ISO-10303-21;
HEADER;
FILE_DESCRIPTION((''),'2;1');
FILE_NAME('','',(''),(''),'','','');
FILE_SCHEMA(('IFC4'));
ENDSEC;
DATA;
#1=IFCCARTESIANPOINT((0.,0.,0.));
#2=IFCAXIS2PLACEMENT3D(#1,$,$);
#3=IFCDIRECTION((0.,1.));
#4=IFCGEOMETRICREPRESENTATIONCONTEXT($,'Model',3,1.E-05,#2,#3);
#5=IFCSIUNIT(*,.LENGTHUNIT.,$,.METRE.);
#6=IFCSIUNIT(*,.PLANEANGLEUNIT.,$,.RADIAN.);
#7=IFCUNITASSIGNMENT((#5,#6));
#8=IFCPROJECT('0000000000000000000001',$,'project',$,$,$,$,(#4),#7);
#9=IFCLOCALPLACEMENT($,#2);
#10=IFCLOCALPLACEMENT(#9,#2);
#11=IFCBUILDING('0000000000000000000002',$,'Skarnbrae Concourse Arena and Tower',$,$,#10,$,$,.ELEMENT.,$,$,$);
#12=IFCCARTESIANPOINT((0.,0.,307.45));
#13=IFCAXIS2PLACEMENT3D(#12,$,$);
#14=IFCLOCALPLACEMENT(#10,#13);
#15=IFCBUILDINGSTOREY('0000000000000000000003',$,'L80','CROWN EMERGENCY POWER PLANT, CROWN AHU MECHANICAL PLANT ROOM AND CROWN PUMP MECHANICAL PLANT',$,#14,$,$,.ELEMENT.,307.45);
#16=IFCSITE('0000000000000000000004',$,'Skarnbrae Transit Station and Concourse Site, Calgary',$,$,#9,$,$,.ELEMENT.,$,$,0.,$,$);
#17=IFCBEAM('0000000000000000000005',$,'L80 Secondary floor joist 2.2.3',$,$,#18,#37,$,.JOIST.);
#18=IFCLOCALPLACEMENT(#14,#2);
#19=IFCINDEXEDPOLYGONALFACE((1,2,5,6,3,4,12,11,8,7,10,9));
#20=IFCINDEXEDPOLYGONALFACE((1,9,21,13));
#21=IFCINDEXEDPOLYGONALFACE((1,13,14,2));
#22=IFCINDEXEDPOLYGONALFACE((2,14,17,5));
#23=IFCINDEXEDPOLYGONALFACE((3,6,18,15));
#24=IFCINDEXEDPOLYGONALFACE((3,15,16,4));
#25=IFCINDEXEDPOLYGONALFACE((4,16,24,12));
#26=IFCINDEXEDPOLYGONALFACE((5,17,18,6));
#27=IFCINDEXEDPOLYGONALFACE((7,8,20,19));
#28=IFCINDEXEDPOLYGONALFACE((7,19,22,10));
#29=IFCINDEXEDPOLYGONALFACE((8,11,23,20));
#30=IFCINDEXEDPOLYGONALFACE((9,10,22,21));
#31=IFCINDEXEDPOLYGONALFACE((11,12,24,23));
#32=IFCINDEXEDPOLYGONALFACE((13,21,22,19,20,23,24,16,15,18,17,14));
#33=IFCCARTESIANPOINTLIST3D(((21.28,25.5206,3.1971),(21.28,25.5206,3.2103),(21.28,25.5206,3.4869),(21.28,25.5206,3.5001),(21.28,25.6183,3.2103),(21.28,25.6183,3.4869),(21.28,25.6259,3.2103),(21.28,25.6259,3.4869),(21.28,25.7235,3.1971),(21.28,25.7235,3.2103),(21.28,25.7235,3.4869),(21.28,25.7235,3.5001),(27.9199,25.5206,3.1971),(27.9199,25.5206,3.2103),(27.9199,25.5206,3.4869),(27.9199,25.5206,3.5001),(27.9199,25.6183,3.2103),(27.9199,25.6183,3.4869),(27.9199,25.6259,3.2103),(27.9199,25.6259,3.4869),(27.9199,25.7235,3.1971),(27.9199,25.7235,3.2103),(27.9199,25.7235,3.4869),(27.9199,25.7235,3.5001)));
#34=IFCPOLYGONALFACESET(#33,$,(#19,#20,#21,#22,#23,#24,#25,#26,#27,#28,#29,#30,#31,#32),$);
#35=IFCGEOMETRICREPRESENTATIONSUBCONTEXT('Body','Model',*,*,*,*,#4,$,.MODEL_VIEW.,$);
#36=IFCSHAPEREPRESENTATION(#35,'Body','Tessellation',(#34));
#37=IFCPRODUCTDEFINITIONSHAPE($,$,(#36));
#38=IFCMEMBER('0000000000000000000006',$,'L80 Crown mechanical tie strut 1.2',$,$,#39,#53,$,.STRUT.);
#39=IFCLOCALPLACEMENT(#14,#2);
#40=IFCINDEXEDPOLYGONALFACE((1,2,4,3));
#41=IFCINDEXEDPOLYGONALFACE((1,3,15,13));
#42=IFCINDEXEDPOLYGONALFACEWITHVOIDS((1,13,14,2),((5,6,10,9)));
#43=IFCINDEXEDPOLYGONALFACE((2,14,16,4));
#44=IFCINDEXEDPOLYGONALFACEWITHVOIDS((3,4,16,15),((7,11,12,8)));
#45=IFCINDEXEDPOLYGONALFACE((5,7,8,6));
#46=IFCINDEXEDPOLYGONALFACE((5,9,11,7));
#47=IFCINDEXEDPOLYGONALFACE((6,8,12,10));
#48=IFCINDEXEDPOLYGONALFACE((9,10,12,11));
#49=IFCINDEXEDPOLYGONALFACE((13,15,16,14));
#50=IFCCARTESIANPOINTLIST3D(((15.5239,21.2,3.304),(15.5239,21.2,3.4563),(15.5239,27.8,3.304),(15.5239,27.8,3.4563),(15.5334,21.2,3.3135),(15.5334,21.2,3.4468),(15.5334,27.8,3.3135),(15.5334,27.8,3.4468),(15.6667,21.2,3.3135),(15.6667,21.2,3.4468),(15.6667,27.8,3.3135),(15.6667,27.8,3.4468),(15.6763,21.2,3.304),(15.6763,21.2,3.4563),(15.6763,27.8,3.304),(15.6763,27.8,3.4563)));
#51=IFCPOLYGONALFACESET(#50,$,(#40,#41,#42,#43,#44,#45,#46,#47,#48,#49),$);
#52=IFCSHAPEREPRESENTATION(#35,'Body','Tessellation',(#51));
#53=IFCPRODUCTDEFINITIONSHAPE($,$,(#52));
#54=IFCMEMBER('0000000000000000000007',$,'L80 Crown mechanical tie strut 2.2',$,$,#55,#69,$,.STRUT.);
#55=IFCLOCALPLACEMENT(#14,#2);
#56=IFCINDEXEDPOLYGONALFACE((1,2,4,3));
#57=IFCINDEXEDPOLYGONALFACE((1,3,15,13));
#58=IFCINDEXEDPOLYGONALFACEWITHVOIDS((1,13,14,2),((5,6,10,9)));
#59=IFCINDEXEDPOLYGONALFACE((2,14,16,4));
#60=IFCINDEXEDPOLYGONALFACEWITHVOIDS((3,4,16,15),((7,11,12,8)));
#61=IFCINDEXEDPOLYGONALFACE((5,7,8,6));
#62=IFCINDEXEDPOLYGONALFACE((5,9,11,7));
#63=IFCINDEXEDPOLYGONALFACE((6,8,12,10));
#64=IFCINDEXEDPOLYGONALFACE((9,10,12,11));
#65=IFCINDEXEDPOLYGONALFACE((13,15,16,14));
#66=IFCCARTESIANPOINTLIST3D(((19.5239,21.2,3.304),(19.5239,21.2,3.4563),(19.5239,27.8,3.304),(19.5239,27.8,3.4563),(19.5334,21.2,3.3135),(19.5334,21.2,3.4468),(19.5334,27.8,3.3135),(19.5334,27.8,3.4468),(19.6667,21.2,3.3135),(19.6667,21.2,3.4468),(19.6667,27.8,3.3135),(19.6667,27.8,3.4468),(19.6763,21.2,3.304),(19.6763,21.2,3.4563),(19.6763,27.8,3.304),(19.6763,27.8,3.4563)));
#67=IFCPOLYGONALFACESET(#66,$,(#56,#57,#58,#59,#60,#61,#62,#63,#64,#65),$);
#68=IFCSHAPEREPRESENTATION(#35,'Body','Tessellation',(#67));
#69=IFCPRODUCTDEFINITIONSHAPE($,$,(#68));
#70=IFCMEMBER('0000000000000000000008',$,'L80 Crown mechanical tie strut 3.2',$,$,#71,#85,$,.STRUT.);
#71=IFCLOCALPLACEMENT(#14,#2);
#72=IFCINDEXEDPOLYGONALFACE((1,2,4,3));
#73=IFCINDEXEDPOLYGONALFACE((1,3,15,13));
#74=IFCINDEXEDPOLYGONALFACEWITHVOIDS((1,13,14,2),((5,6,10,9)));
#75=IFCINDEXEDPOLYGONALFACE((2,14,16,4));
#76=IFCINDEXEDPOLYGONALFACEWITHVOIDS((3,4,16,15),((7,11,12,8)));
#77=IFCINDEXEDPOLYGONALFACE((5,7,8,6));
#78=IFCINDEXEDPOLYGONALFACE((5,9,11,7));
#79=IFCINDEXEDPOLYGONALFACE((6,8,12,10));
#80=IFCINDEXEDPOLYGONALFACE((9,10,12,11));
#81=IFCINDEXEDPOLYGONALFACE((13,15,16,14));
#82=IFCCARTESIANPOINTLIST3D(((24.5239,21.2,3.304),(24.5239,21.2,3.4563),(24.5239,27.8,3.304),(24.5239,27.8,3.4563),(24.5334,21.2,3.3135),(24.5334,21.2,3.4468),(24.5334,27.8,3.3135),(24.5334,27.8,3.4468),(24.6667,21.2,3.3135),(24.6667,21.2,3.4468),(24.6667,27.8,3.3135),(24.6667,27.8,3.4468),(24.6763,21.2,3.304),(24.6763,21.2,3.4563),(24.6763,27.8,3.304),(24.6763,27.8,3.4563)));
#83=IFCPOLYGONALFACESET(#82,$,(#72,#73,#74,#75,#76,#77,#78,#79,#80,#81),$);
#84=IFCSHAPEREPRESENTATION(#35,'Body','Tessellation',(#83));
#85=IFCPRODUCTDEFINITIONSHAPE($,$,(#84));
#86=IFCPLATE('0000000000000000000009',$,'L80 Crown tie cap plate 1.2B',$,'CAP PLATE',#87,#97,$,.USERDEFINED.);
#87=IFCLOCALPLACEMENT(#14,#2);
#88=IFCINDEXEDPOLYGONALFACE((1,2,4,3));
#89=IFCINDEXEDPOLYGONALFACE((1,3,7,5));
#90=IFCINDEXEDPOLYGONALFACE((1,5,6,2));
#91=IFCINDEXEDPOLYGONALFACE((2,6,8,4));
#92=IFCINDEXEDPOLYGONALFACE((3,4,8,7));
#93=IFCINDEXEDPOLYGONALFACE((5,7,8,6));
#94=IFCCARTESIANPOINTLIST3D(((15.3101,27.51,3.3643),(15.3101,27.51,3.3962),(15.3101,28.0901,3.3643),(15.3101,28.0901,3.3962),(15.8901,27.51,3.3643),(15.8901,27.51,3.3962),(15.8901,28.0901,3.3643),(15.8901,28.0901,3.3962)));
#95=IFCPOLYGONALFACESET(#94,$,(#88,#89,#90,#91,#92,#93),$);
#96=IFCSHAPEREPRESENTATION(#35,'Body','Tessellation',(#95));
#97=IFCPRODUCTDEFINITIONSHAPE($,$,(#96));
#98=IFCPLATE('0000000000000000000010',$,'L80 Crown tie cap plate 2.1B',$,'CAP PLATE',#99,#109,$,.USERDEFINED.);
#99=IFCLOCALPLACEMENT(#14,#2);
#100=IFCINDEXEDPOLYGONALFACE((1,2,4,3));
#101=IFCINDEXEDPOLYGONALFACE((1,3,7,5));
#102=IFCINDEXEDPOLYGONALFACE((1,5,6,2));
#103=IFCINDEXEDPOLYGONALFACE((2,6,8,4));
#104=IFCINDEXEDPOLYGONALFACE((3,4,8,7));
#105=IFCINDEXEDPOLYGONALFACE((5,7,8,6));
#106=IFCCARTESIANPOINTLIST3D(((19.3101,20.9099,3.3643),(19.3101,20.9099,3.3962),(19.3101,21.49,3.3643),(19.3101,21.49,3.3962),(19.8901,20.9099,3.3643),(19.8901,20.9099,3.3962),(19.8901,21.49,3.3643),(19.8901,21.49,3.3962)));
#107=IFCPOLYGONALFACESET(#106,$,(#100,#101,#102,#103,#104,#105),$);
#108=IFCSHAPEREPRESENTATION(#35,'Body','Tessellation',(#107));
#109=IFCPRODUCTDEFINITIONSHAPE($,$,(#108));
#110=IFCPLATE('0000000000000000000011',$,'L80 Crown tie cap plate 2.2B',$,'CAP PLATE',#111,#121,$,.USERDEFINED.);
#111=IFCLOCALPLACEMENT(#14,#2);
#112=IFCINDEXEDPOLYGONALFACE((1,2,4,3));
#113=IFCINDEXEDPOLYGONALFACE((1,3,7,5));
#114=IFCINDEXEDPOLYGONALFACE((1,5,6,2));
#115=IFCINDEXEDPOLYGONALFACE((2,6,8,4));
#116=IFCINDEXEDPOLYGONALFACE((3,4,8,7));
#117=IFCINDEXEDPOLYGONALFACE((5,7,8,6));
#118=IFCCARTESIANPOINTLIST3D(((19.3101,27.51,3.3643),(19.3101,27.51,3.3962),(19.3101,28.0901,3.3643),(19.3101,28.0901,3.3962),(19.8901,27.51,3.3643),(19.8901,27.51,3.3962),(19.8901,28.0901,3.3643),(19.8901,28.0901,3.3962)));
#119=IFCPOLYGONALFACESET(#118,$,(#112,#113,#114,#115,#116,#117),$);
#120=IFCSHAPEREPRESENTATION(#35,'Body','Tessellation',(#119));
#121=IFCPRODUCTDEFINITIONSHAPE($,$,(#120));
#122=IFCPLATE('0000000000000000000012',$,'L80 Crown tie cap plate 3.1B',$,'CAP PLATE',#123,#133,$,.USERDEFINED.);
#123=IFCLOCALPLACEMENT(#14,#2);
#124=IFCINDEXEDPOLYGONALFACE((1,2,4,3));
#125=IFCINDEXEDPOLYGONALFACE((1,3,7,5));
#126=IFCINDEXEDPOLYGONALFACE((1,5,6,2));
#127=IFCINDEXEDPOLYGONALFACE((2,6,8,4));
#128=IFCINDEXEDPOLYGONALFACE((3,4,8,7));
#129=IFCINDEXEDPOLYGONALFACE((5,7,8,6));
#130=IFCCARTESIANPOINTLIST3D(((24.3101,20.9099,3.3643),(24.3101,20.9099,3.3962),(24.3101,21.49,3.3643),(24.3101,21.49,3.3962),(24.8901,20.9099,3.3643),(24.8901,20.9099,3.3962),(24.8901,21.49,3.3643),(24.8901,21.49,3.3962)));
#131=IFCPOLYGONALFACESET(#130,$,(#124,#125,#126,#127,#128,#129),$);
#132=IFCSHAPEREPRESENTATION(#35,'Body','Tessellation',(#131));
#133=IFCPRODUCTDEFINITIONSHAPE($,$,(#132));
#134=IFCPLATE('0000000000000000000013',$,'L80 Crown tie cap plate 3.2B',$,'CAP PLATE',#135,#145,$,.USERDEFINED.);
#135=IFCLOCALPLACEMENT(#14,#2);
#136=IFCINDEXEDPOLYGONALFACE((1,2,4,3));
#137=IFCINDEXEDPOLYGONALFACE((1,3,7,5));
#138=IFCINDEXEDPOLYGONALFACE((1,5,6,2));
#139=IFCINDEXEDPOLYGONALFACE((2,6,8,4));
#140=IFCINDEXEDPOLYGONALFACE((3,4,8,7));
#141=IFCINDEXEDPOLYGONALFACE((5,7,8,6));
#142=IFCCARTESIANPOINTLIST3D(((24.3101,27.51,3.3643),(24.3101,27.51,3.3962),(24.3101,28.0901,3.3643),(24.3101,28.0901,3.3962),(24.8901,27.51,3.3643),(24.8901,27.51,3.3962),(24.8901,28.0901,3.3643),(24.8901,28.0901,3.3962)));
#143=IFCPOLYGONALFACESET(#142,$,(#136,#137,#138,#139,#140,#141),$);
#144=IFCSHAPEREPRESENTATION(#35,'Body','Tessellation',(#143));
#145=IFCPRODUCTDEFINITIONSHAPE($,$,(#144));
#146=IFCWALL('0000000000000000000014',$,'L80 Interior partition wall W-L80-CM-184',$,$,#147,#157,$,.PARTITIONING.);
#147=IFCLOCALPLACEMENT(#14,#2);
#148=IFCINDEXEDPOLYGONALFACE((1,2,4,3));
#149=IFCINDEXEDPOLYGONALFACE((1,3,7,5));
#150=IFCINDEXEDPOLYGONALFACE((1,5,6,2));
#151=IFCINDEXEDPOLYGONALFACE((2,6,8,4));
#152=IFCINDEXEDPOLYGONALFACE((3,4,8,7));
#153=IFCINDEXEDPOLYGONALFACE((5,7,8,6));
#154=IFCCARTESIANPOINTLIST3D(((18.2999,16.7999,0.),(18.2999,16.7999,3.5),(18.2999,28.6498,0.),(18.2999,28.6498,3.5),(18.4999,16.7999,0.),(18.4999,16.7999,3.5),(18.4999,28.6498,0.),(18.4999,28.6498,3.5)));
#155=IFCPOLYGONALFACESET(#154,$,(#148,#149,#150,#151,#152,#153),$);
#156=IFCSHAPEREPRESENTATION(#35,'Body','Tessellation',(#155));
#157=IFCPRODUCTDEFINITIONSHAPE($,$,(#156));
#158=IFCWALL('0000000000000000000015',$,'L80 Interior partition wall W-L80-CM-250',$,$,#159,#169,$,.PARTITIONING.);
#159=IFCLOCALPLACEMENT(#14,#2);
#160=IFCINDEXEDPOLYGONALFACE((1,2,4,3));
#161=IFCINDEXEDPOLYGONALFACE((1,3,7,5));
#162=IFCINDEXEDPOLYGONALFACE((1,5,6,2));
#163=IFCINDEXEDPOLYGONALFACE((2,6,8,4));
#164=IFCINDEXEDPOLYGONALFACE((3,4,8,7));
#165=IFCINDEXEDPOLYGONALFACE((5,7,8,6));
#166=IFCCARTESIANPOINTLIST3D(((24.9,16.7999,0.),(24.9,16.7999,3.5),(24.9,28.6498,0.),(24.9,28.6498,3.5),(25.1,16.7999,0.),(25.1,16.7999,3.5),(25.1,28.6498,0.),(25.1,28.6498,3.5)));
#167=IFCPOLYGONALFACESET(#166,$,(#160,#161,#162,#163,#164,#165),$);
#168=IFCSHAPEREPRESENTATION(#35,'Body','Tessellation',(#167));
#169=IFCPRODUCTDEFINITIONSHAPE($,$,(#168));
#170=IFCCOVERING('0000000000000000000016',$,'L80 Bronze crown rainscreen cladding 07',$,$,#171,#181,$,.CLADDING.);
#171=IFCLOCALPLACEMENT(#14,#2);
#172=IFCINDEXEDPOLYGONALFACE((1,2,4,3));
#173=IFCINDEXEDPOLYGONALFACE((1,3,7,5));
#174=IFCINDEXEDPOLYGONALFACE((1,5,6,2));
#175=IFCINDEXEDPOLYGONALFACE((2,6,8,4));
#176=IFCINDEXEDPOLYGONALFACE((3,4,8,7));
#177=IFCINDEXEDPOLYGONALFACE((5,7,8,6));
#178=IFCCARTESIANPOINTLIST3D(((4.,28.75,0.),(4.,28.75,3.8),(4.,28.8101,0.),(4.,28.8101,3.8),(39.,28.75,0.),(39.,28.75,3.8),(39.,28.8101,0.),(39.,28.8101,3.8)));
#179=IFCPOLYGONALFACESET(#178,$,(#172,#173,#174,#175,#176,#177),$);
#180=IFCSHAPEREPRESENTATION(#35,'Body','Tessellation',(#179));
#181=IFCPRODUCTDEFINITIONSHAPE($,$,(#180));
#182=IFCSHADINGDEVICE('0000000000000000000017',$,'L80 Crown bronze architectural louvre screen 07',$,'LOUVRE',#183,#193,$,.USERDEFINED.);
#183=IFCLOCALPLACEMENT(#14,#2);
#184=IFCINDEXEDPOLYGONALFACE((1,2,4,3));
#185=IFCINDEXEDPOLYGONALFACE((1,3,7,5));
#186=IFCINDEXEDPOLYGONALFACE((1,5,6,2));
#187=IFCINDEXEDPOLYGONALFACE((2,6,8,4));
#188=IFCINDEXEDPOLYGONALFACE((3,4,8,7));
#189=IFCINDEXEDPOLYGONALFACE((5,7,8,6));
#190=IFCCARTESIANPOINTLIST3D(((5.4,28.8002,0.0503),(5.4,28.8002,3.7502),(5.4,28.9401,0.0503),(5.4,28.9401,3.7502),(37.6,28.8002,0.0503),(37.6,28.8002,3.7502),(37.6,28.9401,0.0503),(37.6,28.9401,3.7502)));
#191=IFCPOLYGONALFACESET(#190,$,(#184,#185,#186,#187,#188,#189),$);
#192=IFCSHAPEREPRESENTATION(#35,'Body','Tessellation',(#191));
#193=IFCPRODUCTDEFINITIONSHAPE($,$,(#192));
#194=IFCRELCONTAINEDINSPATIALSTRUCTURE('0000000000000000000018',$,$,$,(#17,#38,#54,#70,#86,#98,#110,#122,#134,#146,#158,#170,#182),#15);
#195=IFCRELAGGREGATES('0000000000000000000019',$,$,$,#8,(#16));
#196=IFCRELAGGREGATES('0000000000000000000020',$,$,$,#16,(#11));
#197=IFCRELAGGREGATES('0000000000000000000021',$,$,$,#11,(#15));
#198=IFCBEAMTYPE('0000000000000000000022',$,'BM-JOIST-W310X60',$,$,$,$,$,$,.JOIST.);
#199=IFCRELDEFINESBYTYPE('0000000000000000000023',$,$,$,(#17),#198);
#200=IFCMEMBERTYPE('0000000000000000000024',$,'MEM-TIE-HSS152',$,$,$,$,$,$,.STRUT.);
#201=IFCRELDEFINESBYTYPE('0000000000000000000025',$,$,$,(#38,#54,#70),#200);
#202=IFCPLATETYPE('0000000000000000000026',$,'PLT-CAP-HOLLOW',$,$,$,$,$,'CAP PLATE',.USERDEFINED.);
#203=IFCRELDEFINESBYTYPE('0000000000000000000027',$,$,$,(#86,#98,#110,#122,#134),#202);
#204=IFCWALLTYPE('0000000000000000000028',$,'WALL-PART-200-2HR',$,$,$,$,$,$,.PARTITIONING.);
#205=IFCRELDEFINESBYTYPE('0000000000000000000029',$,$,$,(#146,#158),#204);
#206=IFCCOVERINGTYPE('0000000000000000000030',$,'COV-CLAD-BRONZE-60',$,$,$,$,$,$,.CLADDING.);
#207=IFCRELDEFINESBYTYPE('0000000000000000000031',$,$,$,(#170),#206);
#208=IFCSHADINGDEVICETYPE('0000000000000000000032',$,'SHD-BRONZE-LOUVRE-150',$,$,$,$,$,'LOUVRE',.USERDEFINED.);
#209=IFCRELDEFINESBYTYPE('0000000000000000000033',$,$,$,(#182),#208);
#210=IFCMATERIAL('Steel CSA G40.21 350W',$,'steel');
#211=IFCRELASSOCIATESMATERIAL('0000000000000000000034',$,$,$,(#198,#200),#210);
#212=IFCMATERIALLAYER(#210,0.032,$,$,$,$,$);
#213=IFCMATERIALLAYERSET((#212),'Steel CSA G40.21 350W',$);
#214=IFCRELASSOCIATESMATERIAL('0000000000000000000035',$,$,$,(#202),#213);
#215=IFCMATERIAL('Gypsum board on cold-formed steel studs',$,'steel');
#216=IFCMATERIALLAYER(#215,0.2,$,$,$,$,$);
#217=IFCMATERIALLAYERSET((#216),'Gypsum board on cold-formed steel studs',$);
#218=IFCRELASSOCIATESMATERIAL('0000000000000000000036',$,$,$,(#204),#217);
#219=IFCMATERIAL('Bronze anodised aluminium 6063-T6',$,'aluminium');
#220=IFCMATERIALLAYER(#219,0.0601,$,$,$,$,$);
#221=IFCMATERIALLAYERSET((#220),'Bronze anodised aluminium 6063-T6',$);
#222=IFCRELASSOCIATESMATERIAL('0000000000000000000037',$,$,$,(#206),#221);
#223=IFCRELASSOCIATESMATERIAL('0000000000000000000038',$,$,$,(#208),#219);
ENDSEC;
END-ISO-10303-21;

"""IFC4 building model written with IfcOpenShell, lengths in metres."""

from ifc_helpers import new_model, si_unit, direction, frame, frame_2d, origin, origin_2d, place, context, subcontext, project, spatial, rectangle, hollow_rectangle, i_section, extrude, source, transform, mapped, material, layer, layer_set, material_profile, profile_set, type_object, element, save


model = new_model("IFC4")

# Units and contexts
model_context = context("Model", 3, precision=1e-05, world=origin(), true_north=direction((0.0, 1.0)))
body_context = subcontext(model_context, "Body", "Model", "MODEL_VIEW")
ifc_project = project(units=[si_unit("LENGTHUNIT", "METRE"), si_unit("PLANEANGLEUNIT", "RADIAN")], contexts=[model_context])

# Site, building, storey
site_placement = place(None, origin())
site = spatial("IfcSite", under=ifc_project, at=site_placement, Name="Skarnbrae Transit Station and Concourse Site, Calgary", CompositionType="ELEMENT", RefElevation=0.0)
building_placement = place(site_placement, origin())
building = spatial("IfcBuilding", under=site, at=building_placement, Name="Skarnbrae Concourse Arena and Tower", CompositionType="ELEMENT")
storey_placement = place(building_placement, frame((0.0, 0.0, 307.45)))
storey = spatial("IfcBuildingStorey", under=building, at=storey_placement, Name="L80", Description="CROWN EMERGENCY POWER PLANT, CROWN AHU MECHANICAL PLANT ROOM AND CROWN PUMP MECHANICAL PLANT", CompositionType="ELEMENT", Elevation=307.45)

# Shared definitions
ifc_material_1 = material(Name="Steel CSA G40.21 350W", Category="steel")

# Beam
ifc_material_profile_1 = material_profile(ifc_material_1, i_section(OverallWidth=0.2029, OverallDepth=0.303, WebThickness=0.0076, FlangeThickness=0.0132, at=origin_2d()), Name="W310X60")
ifc_profile_set_1 = profile_set([ifc_material_profile_1], Name="Steel CSA G40.21 350W")
beam_type_1 = type_object("IfcBeamType", Name="BM-JOIST-W310X60", PredefinedType="JOIST", material=ifc_profile_set_1)
shared_shape_1 = source(origin(), body_context, "Body", "SweptSolid", [
    extrude(i_section(OverallWidth=0.2029, OverallDepth=0.303, WebThickness=0.0076, FlangeThickness=0.0132, at=origin_2d()), origin(), (0.0, 0.0, 1.0), 6.6399),
])
for number, where, z_axis, x_axis, name in (
    (1, (21.28, 25.6221, 3.3486), (1.0, 0.0, 0.0), (0.0, 1.0, 0.0), "L80 Secondary floor joist 2.2.3"),
):
    element("IfcBeam", number, at=place(storey_placement, frame(where, z_axis=z_axis, x_axis=x_axis)), inside=storey, type_object=beam_type_1, Name=name, PredefinedType="JOIST", context=body_context, shape_type="MappedRepresentation", body=[
        mapped(shared_shape_1, transform((0.0, 0.0, 0.0))),
    ])

# Members
ifc_material_profile_2 = material_profile(ifc_material_1, hollow_rectangle(XDim=0.1523, YDim=0.1523, WallThickness=0.0095, at=origin_2d()), Name="HSS152X152X9.5")
ifc_profile_set_2 = profile_set([ifc_material_profile_2], Name="Steel CSA G40.21 350W")
member_type = type_object("IfcMemberType", Name="MEM-TIE-HSS152", PredefinedType="STRUT", material=ifc_profile_set_2)
shared_shape_2 = source(origin(), body_context, "Body", "SweptSolid", [
    extrude(hollow_rectangle(XDim=0.1523, YDim=0.1523, WallThickness=0.0095, at=origin_2d()), origin(), (0.0, 0.0, 1.0), 6.6001),
])
for number, where, z_axis, x_axis, name in (
    (2, (15.6001, 21.2, 3.3801), (0.0, 1.0, 0.0), (-1.0, 0.0, 0.0), "L80 Crown mechanical tie strut 1.2"),
    (3, (19.6001, 21.2, 3.3801), (0.0, 1.0, 0.0), (-1.0, 0.0, 0.0), "L80 Crown mechanical tie strut 2.2"),
    (4, (24.6001, 21.2, 3.3801), (0.0, 1.0, 0.0), (-1.0, 0.0, 0.0), "L80 Crown mechanical tie strut 3.2"),
):
    element("IfcMember", number, at=place(storey_placement, frame(where, z_axis=z_axis, x_axis=x_axis)), inside=storey, type_object=member_type, Name=name, PredefinedType="STRUT", context=body_context, shape_type="MappedRepresentation", body=[
        mapped(shared_shape_2, transform((0.0, 0.0, 0.0))),
    ])

# Plates
ifc_layer_1 = layer(ifc_material_1, 0.032)
ifc_layer_set_1 = layer_set([ifc_layer_1], Name="Steel CSA G40.21 350W")
plate_type = type_object("IfcPlateType", Name="PLT-CAP-HOLLOW", ElementType="CAP PLATE", PredefinedType="USERDEFINED", material=ifc_layer_set_1)
shared_shape_3 = source(origin(), body_context, "Body", "SweptSolid", [
    extrude(rectangle(XDim=0.5801, YDim=0.5801, at=origin_2d()), origin(), (0.0, 0.0, 1.0), 0.032),
])
for number, where, z_axis, x_axis, name in (
    (5, (15.6001, 27.8, 3.3643), (0.0, 0.0, 1.0), (1.0, 0.0, 0.0), "L80 Crown tie cap plate 1.2B"),
    (6, (19.6001, 21.2, 3.3643), (0.0, 0.0, 1.0), (1.0, 0.0, 0.0), "L80 Crown tie cap plate 2.1B"),
    (7, (19.6001, 27.8, 3.3643), (0.0, 0.0, 1.0), (1.0, 0.0, 0.0), "L80 Crown tie cap plate 2.2B"),
    (8, (24.6001, 21.2, 3.3643), (0.0, 0.0, 1.0), (1.0, 0.0, 0.0), "L80 Crown tie cap plate 3.1B"),
    (9, (24.6001, 27.8, 3.3643), (0.0, 0.0, 1.0), (1.0, 0.0, 0.0), "L80 Crown tie cap plate 3.2B"),
):
    element("IfcPlate", number, at=place(storey_placement, frame(where, z_axis=z_axis, x_axis=x_axis)), inside=storey, type_object=plate_type, Name=name, ObjectType="CAP PLATE", PredefinedType="USERDEFINED", context=body_context, shape_type="MappedRepresentation", body=[
        mapped(shared_shape_3, transform((0.0, 0.0, 0.0))),
    ])

# Walls
ifc_material_2 = material(Name="Gypsum board on cold-formed steel studs", Category="steel")
ifc_layer_2 = layer(ifc_material_2, 0.2)
ifc_layer_set_2 = layer_set([ifc_layer_2], Name="Gypsum board on cold-formed steel studs")
wall_type = type_object("IfcWallType", Name="WALL-PART-200-2HR", PredefinedType="PARTITIONING", material=ifc_layer_set_2)
shared_shape_4 = source(origin(), body_context, "Body", "SweptSolid", [
    extrude(rectangle(XDim=11.8499, YDim=0.2, at=frame_2d((5.9248, 0.0))), origin(), (0.0, 0.0, 1.0), 3.5),
])
for number, where, z_axis, x_axis, name in (
    (10, (18.3999, 16.8, 0.0), (0.0, 0.0, 1.0), (0.0, 1.0, 0.0), "L80 Interior partition wall W-L80-CM-184"),
    (11, (25.0, 16.8, 0.0), (0.0, 0.0, 1.0), (0.0, 1.0, 0.0), "L80 Interior partition wall W-L80-CM-250"),
):
    element("IfcWall", number, at=place(storey_placement, frame(where, z_axis=z_axis, x_axis=x_axis)), inside=storey, type_object=wall_type, Name=name, PredefinedType="PARTITIONING", context=body_context, shape_type="MappedRepresentation", body=[
        mapped(shared_shape_4, transform((0.0, 0.0, 0.0))),
    ])

# Covering
ifc_material_3 = material(Name="Bronze anodised aluminium 6063-T6", Category="aluminium")
ifc_layer_3 = layer(ifc_material_3, 0.0601)
ifc_layer_set_3 = layer_set([ifc_layer_3], Name="Bronze anodised aluminium 6063-T6")
covering_type = type_object("IfcCoveringType", Name="COV-CLAD-BRONZE-60", PredefinedType="CLADDING", material=ifc_layer_set_3)
shared_shape_5 = source(origin(), body_context, "Body", "SweptSolid", [
    extrude(rectangle(XDim=35.0, YDim=0.0601, at=origin_2d()), origin(), (0.0, 0.0, 1.0), 3.8),
])
covering_placement = place(storey_placement, frame((21.5, 28.78, 0.0), z_axis=(0.0, 0.0, 1.0), x_axis=(-1.0, 0.0, 0.0)))
element("IfcCovering", 12, at=covering_placement, inside=storey, type_object=covering_type, Name="L80 Bronze crown rainscreen cladding 07", PredefinedType="CLADDING", context=body_context, shape_type="MappedRepresentation", body=[
    mapped(shared_shape_5, transform((0.0, 0.0, 0.0))),
])

# Shading device
shading_device_type = type_object("IfcShadingDeviceType", Name="SHD-BRONZE-LOUVRE-150", ElementType="LOUVRE", PredefinedType="USERDEFINED", material=ifc_material_3)
shared_shape_6 = source(origin(), body_context, "Body", "SweptSolid", [
    extrude(rectangle(XDim=32.2, YDim=0.1399, at=origin_2d()), origin(), (0.0, 0.0, 1.0), 3.7),
])
shading_device_placement = place(storey_placement, frame((21.5, 28.8701, 0.0503), z_axis=(0.0, 0.0, 1.0), x_axis=(-1.0, 0.0, 0.0)))
element("IfcShadingDevice", 13, at=shading_device_placement, inside=storey, type_object=shading_device_type, Name="L80 Crown bronze architectural louvre screen 07", ObjectType="LOUVRE", PredefinedType="USERDEFINED", context=body_context, shape_type="MappedRepresentation", body=[
    mapped(shared_shape_6, transform((0.0, 0.0, 0.0))),
])

save(model, "model.ifc")
